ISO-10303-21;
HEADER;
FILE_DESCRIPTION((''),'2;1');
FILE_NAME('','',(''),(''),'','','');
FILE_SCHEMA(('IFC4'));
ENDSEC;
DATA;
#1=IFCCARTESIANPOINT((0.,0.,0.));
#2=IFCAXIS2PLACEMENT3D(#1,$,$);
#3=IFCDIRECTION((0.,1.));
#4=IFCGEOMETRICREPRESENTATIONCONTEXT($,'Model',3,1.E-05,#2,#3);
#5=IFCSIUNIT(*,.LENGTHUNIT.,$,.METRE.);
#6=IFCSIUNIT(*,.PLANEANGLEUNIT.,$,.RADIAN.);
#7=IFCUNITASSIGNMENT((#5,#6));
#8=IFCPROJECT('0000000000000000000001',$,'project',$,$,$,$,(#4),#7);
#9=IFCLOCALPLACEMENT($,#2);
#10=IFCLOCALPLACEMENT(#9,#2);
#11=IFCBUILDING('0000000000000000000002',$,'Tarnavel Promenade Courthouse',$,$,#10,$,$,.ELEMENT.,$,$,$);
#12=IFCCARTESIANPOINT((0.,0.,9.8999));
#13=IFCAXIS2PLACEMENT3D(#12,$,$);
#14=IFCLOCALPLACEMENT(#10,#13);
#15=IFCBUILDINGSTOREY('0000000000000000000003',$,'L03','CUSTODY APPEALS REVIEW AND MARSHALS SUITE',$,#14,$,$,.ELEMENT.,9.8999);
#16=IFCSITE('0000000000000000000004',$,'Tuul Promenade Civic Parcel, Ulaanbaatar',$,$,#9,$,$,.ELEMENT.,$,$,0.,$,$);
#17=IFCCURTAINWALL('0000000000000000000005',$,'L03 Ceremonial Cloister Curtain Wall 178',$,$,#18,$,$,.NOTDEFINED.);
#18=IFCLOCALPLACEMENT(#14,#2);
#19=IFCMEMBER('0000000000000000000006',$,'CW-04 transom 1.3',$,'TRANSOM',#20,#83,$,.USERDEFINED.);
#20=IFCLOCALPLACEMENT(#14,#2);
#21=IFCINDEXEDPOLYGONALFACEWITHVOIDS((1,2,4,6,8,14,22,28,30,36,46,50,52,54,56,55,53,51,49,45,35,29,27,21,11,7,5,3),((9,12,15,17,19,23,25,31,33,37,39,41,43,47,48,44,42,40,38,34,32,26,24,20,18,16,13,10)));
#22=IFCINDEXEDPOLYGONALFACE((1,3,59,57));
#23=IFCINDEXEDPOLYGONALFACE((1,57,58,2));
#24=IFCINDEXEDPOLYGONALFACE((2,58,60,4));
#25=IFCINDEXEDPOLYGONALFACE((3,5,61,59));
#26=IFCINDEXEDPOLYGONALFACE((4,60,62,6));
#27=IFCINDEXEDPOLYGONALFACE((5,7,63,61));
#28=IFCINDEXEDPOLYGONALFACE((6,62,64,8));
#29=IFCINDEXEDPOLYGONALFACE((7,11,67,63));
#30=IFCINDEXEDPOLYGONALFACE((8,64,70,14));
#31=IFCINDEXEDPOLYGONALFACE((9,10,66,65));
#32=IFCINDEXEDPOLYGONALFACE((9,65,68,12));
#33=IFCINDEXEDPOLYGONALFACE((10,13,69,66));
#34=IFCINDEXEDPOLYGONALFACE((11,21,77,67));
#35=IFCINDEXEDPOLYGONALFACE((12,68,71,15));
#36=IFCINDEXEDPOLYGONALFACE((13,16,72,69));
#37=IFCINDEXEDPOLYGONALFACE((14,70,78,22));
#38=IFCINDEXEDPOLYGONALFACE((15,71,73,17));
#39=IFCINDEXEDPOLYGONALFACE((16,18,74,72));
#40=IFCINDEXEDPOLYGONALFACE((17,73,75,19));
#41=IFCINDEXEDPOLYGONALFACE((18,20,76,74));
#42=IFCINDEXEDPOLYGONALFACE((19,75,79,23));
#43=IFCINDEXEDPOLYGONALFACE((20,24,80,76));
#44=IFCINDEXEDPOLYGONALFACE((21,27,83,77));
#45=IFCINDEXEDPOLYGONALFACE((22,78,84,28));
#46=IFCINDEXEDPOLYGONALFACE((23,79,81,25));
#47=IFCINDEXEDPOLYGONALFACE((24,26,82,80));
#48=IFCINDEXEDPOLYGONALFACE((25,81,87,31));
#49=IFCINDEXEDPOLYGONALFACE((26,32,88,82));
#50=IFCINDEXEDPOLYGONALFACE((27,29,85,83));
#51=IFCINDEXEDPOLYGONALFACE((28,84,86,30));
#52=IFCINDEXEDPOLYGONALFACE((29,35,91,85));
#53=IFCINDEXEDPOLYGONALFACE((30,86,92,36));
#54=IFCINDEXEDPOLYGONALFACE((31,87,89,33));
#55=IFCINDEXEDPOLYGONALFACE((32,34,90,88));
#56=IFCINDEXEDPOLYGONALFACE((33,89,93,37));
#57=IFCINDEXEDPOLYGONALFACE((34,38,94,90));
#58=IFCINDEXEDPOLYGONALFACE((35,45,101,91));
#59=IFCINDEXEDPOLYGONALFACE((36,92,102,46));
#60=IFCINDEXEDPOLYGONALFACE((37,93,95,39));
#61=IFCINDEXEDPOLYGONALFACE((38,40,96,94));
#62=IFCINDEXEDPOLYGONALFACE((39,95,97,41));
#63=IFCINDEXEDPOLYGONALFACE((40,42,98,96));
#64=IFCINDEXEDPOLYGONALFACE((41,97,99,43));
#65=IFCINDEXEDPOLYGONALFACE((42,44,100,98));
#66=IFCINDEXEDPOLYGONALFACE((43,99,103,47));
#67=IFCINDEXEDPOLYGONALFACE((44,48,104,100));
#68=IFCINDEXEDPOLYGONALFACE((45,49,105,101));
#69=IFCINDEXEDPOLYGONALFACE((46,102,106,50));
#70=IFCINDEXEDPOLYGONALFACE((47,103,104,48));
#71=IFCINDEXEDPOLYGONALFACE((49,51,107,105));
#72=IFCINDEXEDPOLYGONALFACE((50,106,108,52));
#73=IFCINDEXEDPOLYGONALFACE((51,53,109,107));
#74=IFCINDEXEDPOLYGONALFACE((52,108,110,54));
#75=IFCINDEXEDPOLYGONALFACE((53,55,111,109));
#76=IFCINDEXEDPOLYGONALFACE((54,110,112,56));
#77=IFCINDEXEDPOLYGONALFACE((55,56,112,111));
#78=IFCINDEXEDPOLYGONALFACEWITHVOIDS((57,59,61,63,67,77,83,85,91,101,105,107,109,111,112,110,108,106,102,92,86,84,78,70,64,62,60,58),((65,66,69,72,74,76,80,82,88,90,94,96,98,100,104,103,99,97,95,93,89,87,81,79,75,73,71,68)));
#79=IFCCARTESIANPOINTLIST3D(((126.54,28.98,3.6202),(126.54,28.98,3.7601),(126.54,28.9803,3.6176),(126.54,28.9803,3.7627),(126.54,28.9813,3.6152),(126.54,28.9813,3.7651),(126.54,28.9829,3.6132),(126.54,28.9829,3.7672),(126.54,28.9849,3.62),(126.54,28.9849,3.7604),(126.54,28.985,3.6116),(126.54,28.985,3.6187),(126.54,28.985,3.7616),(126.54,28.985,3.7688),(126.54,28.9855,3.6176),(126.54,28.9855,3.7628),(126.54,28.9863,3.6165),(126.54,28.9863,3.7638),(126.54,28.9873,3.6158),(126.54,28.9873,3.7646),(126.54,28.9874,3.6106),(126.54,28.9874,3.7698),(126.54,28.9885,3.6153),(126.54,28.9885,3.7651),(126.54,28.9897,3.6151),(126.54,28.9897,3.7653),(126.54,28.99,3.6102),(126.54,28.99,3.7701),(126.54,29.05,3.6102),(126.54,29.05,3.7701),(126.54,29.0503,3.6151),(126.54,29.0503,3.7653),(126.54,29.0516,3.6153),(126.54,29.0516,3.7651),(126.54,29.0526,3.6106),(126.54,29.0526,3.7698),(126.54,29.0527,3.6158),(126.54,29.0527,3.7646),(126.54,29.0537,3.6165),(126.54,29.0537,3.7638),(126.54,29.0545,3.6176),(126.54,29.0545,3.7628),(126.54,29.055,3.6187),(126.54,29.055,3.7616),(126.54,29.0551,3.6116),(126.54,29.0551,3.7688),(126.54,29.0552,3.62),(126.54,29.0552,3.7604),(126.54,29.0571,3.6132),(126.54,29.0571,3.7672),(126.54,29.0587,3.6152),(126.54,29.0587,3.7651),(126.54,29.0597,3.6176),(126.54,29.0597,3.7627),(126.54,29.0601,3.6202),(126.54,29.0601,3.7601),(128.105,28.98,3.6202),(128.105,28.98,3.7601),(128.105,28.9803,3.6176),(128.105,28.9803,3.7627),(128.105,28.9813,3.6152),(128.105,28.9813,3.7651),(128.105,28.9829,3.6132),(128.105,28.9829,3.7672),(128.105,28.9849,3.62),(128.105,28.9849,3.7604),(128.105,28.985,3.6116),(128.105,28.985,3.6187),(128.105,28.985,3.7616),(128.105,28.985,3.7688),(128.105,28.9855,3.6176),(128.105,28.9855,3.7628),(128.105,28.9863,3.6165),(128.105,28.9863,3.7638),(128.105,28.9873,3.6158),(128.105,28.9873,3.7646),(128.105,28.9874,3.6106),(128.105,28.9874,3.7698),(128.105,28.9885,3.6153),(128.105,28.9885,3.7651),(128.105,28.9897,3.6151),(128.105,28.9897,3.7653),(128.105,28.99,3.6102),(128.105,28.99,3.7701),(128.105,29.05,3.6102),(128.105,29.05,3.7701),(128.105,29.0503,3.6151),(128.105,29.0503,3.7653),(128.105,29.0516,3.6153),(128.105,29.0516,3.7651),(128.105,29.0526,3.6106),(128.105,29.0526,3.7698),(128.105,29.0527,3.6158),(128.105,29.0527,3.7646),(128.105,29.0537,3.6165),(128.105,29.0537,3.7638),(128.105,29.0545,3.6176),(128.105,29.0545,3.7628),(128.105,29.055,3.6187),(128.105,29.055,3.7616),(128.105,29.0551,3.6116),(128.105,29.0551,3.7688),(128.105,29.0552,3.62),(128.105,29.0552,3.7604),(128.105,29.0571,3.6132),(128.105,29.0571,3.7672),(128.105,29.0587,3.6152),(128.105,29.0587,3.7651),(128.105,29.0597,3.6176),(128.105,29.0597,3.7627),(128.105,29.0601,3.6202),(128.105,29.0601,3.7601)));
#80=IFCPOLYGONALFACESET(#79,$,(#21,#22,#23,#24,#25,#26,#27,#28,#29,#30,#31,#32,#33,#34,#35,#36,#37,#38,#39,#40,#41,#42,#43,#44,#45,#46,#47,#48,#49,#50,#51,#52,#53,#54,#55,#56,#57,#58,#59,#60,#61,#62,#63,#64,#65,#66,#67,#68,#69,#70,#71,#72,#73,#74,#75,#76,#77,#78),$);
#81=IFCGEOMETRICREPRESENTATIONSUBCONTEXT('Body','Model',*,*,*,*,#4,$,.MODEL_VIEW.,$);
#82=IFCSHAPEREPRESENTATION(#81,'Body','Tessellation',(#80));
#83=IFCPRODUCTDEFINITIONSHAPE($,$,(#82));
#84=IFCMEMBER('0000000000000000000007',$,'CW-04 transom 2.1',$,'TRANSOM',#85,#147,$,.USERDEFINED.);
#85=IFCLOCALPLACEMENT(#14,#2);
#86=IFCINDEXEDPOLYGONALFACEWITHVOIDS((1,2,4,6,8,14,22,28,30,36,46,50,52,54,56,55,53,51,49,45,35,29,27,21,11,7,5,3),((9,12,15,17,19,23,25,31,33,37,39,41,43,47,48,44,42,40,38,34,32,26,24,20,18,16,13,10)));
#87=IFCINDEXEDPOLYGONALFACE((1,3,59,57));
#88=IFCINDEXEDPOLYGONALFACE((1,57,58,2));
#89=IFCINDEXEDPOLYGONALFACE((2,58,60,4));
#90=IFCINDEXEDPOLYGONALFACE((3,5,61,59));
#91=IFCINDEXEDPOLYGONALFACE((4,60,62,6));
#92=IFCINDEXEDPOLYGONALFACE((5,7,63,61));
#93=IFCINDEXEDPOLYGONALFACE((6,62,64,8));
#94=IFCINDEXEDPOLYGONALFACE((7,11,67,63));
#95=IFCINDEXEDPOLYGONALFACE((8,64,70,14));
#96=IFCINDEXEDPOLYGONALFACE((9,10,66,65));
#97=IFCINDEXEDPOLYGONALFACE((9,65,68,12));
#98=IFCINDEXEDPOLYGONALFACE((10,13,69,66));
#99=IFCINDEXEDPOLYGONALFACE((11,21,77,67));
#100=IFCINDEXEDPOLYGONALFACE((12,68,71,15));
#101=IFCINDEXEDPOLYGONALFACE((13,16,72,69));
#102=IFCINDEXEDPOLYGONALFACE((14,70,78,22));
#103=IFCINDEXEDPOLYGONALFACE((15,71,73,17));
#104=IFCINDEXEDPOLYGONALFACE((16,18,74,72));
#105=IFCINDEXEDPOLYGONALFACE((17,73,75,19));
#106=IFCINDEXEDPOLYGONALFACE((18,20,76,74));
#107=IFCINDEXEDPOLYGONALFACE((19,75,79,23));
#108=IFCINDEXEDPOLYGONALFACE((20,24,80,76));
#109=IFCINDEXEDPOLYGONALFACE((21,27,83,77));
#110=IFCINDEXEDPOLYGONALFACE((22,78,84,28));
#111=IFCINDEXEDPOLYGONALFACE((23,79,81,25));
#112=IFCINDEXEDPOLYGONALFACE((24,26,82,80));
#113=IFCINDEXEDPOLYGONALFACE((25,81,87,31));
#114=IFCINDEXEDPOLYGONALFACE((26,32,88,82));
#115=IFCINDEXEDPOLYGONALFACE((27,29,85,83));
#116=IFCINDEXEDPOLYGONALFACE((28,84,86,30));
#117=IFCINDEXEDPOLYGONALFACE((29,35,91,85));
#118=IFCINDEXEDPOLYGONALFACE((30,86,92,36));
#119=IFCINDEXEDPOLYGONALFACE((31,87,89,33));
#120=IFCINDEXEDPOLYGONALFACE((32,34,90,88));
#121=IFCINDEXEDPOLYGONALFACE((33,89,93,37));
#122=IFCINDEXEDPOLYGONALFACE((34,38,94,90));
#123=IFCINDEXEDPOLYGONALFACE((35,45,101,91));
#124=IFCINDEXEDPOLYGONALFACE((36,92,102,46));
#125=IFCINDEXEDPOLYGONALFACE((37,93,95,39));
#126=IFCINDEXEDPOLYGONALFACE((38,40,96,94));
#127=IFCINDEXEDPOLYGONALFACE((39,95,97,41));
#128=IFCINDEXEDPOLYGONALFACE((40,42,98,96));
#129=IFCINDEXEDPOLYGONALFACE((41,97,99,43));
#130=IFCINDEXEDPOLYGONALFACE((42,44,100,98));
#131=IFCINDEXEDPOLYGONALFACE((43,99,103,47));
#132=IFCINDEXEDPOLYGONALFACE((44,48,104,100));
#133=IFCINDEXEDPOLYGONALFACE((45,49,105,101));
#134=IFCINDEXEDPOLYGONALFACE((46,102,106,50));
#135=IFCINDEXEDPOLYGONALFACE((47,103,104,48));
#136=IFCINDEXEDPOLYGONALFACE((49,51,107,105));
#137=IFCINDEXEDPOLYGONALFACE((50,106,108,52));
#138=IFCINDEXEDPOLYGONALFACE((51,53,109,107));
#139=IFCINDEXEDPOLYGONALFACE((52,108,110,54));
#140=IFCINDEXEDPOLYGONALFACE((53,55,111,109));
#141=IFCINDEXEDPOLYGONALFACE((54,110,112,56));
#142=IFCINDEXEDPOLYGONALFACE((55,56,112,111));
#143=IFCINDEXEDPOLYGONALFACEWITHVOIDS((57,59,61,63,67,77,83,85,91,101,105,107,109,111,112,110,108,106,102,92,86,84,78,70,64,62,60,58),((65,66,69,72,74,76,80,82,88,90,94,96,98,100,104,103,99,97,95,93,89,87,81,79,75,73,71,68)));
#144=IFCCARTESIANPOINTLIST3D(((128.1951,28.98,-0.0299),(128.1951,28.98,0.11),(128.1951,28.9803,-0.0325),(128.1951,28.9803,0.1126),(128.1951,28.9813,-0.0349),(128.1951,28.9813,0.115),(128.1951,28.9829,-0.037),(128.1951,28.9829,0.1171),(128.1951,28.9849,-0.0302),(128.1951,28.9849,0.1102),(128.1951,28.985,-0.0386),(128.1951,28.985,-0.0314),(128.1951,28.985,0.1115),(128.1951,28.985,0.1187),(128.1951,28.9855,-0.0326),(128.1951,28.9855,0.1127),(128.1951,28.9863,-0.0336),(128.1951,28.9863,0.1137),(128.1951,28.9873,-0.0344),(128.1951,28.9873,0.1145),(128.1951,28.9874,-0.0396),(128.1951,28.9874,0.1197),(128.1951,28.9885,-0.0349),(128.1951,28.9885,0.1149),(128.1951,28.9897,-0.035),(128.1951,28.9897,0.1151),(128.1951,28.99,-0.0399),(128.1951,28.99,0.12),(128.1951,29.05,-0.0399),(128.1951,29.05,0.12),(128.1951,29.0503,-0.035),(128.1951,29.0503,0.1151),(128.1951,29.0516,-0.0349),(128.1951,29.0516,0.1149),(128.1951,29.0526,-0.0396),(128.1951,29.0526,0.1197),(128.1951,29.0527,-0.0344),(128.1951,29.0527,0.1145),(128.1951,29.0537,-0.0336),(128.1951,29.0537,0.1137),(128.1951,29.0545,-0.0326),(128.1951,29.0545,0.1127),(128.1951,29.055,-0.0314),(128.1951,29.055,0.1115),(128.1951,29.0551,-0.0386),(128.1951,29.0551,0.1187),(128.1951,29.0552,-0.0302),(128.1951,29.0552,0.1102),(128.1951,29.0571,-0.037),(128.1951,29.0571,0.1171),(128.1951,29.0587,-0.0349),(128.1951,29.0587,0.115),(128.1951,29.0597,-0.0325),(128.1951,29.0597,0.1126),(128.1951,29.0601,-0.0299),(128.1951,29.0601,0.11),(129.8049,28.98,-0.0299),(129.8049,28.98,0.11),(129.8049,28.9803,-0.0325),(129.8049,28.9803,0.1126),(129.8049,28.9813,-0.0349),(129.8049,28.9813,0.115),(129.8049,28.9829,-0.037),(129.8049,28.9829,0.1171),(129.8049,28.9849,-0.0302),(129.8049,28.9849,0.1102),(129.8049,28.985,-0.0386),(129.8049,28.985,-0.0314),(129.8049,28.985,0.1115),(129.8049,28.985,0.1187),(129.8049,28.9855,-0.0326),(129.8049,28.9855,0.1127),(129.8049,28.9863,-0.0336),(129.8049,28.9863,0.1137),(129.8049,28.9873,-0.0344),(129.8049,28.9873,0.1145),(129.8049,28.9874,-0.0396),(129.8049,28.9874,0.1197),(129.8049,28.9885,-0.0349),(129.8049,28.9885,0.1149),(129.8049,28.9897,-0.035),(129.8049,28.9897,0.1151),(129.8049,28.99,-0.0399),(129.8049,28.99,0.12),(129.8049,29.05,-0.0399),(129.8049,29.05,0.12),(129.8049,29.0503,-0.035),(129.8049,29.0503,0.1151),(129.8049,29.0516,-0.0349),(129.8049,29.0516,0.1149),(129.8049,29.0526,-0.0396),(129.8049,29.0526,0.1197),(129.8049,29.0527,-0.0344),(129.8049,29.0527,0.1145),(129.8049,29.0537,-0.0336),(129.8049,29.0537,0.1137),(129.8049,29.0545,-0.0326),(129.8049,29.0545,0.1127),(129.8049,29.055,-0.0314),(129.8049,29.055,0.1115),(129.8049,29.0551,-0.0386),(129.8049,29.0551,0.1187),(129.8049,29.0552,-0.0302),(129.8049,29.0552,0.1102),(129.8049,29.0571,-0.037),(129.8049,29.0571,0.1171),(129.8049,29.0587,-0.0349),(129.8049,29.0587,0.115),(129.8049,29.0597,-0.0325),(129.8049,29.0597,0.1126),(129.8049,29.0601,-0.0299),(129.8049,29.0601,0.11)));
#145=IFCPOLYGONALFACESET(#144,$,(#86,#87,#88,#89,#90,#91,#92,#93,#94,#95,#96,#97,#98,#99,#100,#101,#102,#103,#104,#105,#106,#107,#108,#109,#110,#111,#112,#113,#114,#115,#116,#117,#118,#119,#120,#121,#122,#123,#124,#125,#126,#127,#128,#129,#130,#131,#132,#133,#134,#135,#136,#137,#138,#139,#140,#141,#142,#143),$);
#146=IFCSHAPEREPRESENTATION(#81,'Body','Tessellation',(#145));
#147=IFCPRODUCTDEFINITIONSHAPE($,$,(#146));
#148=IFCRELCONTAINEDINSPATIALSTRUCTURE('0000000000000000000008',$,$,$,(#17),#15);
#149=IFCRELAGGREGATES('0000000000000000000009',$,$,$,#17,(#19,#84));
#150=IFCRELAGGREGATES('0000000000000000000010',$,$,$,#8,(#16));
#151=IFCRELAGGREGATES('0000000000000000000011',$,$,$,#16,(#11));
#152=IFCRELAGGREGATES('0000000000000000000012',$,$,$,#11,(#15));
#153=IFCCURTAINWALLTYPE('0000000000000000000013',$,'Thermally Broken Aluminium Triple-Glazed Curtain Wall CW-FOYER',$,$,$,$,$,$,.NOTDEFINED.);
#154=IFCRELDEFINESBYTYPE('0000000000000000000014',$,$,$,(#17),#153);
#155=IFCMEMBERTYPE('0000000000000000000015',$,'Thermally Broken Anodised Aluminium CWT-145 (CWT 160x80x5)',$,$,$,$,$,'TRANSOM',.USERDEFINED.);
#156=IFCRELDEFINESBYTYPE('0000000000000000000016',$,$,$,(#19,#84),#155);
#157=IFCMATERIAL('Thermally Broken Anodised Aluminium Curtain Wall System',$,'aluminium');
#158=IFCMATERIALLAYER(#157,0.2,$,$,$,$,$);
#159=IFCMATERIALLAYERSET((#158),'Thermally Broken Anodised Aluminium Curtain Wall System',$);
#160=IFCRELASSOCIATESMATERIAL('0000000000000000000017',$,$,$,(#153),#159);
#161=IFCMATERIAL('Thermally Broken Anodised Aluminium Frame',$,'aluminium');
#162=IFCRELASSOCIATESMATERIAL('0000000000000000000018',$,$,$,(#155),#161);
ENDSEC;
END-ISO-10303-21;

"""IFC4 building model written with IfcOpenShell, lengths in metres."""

from ifc_helpers import new_model, si_unit, direction, frame, origin, origin_2d, place, context, subcontext, project, spatial, hollow_rectangle, extrude, material, layer, layer_set, material_profile, profile_set, type_object, element, aggregate, save


model = new_model("IFC4")

# Units and contexts
model_context = context("Model", 3, precision=1e-05, world=origin(), true_north=direction((0.0, 1.0)))
body_context = subcontext(model_context, "Body", "Model", "MODEL_VIEW")
ifc_project = project(units=[si_unit("LENGTHUNIT", "METRE"), si_unit("PLANEANGLEUNIT", "RADIAN")], contexts=[model_context])

# Site, building, storey
site_placement = place(None, origin())
site = spatial("IfcSite", under=ifc_project, at=site_placement, Name="Tuul Promenade Civic Parcel, Ulaanbaatar", CompositionType="ELEMENT", RefElevation=0.0)
building_placement = place(site_placement, origin())
building = spatial("IfcBuilding", under=site, at=building_placement, Name="Tarnavel Promenade Courthouse", CompositionType="ELEMENT")
storey_placement = place(building_placement, frame((0.0, 0.0, 9.8999)))
storey = spatial("IfcBuildingStorey", under=building, at=storey_placement, Name="L03", Description="CUSTODY APPEALS REVIEW AND MARSHALS SUITE", CompositionType="ELEMENT", Elevation=9.8999)

# Shared definitions
ifc_material_1 = material(Name="Thermally Broken Anodised Aluminium Curtain Wall System", Category="aluminium")
ifc_layer_1 = layer(ifc_material_1, 0.2)
ifc_layer_set_1 = layer_set([ifc_layer_1], Name="Thermally Broken Anodised Aluminium Curtain Wall System")
curtain_wall_type = type_object("IfcCurtainWallType", Name="Thermally Broken Aluminium Triple-Glazed Curtain Wall CW-FOYER", PredefinedType="NOTDEFINED", material=ifc_layer_set_1)
ifc_material_2 = material(Name="Thermally Broken Anodised Aluminium Frame", Category="aluminium")

# Curtain wall, members
curtain_wall_1_placement = place(storey_placement, origin())
curtain_wall_1 = element("IfcCurtainWall", 1, at=curtain_wall_1_placement, inside=storey, type_object=curtain_wall_type, Name="L03 Ceremonial Cloister Curtain Wall 178", PredefinedType="NOTDEFINED")
ifc_material_profile_1 = material_profile(ifc_material_2, hollow_rectangle(XDim=0.0801, YDim=0.1599, WallThickness=0.0049, InnerFilletRadius=0.0049, OuterFilletRadius=0.01, at=origin_2d()), Name="CWT 160x80x5")
ifc_profile_set_1 = profile_set([ifc_material_profile_1], Name="Thermally Broken Anodised Aluminium Frame")
member_type_1 = type_object("IfcMemberType", Name="Thermally Broken Anodised Aluminium CWT-145 (CWT 160x80x5)", ElementType="TRANSOM", PredefinedType="USERDEFINED", material=ifc_profile_set_1)
member_1_placement = place(storey_placement, frame((126.54, 29.02, 3.6902), z_axis=(1.0, 0.0, 0.0), x_axis=(0.0, 1.0, 0.0)))
member_1 = element("IfcMember", 2, at=member_1_placement, type_object=member_type_1, Name="CW-04 transom 1.3", ObjectType="TRANSOM", PredefinedType="USERDEFINED", context=body_context, shape_type="SweptSolid", body=[
    extrude(hollow_rectangle(XDim=0.0801, YDim=0.1599, WallThickness=0.0049, InnerFilletRadius=0.0049, OuterFilletRadius=0.01, at=origin_2d()), origin(), (0.0, 0.0, 1.0), 1.5649),
])
member_2_placement = place(storey_placement, frame((128.1951, 29.02, 0.04), z_axis=(1.0, 0.0, 0.0), x_axis=(0.0, 1.0, 0.0)))
member_2 = element("IfcMember", 3, at=member_2_placement, type_object=member_type_1, Name="CW-04 transom 2.1", ObjectType="TRANSOM", PredefinedType="USERDEFINED", context=body_context, shape_type="SweptSolid", body=[
    extrude(hollow_rectangle(XDim=0.0801, YDim=0.1599, WallThickness=0.0049, InnerFilletRadius=0.0049, OuterFilletRadius=0.01, at=origin_2d()), origin(), (0.0, 0.0, 1.0), 1.6099),
])

aggregate(curtain_wall_1, [member_1, member_2])

save(model, "model.ifc")
